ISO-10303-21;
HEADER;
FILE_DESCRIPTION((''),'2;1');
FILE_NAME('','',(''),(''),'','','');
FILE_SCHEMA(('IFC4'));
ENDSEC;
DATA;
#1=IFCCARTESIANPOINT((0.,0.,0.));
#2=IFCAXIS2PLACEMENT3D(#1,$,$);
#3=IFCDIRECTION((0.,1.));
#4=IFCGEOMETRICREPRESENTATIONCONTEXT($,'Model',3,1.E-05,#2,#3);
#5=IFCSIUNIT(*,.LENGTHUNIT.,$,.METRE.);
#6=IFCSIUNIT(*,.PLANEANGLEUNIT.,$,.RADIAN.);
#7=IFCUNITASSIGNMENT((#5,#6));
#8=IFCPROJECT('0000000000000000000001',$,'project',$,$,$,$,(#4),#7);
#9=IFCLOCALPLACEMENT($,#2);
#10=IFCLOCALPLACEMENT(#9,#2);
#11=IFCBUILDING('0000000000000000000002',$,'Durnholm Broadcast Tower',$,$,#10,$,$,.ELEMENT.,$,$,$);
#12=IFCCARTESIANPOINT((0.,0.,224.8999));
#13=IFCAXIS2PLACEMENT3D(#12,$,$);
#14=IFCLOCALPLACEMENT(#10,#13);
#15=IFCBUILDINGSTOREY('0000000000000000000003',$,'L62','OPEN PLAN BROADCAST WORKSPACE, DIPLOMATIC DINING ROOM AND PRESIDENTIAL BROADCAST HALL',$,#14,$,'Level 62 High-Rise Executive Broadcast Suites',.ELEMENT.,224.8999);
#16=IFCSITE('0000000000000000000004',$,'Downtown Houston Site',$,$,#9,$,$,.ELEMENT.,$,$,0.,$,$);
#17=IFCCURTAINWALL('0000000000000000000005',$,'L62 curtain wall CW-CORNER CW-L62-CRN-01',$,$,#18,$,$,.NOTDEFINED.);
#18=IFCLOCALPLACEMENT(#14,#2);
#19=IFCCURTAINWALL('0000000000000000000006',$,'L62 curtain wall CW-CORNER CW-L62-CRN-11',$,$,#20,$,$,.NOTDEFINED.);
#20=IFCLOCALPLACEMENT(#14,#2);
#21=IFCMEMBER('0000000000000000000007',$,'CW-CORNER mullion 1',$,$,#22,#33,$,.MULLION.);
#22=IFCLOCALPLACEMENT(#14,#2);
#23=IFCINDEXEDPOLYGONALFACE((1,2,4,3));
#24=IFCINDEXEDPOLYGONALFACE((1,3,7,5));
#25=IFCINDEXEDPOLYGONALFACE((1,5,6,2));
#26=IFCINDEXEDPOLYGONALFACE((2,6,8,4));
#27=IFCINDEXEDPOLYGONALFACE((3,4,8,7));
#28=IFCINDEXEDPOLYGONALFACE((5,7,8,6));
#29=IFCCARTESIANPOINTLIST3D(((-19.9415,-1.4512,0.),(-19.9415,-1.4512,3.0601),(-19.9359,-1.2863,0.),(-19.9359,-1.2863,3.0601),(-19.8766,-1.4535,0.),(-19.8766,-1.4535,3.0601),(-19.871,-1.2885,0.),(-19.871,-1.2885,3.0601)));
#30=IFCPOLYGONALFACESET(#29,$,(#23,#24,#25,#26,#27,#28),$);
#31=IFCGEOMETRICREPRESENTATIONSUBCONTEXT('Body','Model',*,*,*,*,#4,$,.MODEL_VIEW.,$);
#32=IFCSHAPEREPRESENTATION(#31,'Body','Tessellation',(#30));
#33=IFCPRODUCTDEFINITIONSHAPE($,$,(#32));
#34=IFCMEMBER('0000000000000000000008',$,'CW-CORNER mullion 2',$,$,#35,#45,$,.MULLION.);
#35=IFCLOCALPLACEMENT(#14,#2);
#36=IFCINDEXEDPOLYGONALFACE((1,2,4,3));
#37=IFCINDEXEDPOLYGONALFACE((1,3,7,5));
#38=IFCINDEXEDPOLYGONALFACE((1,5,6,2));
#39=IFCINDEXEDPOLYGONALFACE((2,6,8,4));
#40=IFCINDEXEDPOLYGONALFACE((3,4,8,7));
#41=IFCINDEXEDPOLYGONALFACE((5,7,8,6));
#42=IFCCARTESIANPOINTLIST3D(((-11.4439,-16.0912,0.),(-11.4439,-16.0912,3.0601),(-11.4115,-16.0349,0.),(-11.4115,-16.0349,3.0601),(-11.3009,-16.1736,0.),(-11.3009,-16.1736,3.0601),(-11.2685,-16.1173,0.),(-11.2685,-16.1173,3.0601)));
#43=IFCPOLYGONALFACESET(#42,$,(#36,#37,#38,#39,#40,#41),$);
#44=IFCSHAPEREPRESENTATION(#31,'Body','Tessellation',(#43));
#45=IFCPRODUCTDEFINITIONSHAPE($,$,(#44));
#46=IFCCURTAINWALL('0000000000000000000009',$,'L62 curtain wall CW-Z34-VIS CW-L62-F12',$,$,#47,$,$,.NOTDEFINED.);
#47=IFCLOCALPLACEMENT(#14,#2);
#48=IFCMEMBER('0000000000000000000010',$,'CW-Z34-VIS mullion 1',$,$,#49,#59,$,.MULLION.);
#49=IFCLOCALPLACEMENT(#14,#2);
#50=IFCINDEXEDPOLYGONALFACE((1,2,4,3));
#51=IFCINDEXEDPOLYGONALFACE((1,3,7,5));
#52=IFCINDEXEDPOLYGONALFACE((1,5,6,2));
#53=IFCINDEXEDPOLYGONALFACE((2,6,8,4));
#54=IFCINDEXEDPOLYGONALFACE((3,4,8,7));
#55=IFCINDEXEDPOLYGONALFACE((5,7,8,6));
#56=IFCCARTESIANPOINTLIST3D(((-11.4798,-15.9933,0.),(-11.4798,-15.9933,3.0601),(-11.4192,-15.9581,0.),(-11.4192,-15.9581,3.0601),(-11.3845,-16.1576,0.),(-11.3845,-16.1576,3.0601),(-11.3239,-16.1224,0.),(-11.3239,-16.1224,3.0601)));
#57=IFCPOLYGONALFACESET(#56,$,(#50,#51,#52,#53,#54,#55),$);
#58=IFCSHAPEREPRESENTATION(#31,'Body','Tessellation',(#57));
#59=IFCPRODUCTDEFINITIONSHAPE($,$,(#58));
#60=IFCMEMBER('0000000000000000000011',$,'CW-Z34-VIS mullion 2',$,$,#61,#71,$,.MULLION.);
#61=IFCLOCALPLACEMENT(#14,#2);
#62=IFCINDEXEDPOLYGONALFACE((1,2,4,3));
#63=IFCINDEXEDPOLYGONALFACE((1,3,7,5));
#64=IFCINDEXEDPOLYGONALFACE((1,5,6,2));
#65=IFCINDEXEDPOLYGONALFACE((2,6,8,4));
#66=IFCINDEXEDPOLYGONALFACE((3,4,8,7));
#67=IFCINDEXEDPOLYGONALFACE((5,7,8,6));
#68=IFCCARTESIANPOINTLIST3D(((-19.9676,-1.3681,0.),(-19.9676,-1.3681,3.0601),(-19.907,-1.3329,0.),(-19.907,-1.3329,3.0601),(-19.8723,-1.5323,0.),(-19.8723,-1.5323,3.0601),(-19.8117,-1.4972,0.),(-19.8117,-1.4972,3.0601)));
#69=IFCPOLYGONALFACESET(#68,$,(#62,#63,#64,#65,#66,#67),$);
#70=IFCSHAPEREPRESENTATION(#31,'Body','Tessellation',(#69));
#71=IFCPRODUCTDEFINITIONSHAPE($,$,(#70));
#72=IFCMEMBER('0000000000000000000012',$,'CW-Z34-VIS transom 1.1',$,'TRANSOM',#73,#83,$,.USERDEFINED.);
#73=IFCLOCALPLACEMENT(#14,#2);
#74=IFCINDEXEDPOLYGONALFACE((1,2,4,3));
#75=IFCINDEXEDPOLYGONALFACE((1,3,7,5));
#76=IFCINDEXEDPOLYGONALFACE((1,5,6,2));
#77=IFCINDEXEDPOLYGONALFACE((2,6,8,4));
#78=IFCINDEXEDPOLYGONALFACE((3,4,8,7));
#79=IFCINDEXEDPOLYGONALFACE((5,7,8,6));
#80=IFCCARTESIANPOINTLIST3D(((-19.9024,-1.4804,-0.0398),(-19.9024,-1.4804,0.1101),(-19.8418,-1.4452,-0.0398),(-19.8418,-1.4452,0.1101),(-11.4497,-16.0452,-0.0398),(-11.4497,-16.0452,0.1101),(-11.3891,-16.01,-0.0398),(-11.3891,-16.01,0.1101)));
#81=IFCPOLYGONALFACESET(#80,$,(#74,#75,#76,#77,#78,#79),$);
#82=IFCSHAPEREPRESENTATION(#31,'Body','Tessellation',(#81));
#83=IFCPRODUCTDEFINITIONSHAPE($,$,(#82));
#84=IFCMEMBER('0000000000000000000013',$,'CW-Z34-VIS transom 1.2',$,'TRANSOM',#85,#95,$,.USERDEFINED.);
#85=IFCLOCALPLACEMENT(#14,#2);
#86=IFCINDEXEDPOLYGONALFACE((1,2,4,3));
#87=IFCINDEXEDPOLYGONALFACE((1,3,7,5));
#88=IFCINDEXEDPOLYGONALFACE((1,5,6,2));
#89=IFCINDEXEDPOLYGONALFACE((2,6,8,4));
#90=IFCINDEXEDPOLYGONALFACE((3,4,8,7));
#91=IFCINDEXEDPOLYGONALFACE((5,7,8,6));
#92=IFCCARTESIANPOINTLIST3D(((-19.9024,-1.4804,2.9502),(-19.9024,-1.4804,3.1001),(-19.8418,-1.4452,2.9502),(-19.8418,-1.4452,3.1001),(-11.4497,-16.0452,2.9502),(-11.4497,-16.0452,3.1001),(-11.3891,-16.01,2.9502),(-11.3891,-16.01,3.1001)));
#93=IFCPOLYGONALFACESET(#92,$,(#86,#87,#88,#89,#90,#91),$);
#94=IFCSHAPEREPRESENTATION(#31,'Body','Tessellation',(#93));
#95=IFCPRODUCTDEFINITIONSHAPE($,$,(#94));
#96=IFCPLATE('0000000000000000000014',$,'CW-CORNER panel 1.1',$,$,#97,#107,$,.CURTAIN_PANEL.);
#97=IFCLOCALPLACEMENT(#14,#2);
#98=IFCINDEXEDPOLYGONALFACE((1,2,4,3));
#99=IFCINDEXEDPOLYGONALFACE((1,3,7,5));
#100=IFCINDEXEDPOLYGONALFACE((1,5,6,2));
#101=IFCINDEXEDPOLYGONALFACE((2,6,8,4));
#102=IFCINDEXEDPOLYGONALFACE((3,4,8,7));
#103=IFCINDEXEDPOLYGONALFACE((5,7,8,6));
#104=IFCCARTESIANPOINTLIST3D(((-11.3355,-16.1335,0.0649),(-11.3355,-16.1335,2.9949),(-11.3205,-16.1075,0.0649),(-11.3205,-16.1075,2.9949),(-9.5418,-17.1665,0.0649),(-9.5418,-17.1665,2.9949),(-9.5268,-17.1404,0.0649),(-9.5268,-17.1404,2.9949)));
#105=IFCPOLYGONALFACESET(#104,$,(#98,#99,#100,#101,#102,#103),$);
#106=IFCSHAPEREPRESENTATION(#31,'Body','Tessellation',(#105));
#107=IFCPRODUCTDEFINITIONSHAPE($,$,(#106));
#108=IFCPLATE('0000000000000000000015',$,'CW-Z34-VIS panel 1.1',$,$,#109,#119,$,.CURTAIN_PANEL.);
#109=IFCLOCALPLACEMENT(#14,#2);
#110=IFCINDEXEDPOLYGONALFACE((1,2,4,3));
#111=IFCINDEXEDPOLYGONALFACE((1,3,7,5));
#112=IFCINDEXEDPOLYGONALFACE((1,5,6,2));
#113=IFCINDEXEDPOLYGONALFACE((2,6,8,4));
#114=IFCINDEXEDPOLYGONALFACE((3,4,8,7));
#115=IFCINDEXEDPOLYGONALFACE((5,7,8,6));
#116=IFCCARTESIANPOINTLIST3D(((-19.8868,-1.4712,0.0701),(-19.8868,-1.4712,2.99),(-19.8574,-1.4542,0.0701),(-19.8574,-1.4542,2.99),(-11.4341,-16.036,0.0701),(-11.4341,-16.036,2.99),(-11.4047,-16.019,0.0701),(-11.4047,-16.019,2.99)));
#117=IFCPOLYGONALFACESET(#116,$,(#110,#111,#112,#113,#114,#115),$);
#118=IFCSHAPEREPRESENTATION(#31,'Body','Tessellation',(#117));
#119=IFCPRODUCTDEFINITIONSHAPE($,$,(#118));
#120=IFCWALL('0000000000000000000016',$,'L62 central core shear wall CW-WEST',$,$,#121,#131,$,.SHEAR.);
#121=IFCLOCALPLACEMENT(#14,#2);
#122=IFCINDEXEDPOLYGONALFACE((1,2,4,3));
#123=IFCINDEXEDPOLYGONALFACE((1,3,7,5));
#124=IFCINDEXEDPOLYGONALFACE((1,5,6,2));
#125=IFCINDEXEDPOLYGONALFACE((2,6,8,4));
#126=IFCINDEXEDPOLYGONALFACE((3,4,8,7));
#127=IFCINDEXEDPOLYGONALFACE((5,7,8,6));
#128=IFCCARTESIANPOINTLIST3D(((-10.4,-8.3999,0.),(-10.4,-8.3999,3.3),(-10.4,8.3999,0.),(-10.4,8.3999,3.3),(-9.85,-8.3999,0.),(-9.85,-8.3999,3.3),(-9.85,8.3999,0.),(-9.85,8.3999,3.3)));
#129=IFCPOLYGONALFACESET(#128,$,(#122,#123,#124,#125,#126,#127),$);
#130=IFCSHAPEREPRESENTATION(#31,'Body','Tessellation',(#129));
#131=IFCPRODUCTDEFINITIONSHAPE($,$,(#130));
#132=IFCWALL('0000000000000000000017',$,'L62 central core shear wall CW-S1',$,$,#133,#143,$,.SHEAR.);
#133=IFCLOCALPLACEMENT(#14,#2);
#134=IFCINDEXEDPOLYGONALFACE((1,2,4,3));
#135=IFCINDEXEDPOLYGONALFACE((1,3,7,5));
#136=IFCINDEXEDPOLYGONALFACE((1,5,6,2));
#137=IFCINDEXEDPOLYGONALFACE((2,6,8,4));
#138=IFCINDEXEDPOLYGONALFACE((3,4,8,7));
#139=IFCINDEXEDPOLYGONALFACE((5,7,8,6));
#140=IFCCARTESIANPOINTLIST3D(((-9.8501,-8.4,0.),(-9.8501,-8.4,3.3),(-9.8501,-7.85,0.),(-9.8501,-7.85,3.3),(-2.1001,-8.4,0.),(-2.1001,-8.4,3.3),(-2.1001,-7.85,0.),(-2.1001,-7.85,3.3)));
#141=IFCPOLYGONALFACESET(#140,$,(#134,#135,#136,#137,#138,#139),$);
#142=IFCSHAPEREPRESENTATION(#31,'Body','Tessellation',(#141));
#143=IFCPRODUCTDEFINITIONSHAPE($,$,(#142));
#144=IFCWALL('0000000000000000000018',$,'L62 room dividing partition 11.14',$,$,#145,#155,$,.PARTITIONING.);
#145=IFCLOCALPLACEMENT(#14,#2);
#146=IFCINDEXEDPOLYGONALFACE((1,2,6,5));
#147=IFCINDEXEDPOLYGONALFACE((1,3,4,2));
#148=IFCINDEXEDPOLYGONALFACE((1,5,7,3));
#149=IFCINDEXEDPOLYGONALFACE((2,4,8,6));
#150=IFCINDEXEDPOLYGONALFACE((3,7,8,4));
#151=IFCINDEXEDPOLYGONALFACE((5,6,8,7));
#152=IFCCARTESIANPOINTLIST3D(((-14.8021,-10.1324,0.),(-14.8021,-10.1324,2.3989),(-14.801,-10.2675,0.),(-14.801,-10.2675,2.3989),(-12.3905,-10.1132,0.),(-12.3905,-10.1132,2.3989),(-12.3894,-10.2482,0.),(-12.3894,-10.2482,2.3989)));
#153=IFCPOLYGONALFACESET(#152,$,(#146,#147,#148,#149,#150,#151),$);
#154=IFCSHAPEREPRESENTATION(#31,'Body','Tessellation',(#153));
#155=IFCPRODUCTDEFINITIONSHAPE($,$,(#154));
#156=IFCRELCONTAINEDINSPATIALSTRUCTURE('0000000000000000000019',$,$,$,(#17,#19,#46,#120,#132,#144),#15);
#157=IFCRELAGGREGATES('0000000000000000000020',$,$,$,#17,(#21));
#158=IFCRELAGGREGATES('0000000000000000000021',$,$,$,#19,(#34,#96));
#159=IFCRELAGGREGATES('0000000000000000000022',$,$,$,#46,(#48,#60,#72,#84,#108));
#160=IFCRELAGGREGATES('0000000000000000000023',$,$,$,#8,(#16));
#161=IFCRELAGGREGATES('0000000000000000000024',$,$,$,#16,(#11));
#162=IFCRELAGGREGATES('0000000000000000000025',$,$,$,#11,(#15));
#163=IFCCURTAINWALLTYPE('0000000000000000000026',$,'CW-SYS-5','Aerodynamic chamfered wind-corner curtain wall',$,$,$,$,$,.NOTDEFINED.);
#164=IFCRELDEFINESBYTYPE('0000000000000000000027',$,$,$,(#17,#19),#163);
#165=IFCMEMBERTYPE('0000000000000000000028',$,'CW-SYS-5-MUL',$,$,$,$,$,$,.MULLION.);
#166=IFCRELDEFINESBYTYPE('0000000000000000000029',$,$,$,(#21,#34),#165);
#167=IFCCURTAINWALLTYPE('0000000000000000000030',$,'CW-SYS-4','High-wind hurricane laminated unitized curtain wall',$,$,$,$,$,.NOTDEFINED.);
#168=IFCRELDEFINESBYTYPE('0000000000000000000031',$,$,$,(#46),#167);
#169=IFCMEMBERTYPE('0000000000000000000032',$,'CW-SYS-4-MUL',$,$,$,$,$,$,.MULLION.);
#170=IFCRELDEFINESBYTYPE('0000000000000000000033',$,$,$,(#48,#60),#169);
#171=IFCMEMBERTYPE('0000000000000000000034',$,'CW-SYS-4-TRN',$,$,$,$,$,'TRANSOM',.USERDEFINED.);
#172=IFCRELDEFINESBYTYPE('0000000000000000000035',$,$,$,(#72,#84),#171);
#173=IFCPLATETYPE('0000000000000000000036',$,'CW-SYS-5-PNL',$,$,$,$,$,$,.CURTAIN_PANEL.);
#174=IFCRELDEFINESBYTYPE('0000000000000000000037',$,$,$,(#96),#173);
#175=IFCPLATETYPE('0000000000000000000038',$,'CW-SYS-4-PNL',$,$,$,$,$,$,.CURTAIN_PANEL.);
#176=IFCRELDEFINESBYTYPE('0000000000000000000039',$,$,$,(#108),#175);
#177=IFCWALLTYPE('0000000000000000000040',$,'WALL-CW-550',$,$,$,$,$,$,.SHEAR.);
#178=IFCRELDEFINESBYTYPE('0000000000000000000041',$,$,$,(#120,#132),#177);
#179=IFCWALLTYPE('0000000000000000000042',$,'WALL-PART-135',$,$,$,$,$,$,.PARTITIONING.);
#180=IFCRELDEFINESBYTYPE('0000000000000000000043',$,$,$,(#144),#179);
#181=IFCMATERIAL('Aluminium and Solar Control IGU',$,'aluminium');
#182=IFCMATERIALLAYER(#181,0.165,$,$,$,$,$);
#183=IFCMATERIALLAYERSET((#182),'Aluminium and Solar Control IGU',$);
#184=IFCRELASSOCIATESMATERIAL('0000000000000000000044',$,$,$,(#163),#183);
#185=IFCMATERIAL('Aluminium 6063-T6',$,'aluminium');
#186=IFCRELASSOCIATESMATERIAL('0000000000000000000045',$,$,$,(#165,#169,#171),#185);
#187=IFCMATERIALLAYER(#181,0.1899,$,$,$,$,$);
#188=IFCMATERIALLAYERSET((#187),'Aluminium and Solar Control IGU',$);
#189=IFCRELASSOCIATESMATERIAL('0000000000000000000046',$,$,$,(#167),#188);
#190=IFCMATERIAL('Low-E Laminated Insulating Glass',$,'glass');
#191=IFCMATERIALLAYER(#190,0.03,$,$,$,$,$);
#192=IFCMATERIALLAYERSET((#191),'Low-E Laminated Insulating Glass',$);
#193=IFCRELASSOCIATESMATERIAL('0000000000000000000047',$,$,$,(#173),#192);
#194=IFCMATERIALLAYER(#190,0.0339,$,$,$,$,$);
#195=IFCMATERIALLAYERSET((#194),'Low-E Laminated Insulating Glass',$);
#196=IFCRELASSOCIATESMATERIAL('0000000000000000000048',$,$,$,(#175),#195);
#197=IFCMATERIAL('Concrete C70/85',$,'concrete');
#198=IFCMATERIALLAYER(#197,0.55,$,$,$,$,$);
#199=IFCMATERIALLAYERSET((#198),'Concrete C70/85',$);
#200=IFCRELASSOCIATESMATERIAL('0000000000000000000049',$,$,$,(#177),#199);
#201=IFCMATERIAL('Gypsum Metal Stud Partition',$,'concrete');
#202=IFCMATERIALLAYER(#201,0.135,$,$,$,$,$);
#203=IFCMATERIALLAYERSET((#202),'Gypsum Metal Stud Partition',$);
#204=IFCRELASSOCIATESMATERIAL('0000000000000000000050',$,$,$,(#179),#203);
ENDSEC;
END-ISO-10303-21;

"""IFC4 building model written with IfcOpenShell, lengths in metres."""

from ifc_helpers import new_model, si_unit, direction, frame, frame_2d, origin, origin_2d, place, context, subcontext, project, spatial, rectangle, extrude, source, transform, mapped, material, layer, layer_set, material_profile, profile_set, type_object, type_shapes, element, aggregate, save


model = new_model("IFC4")

# Units and contexts
model_context = context("Model", 3, precision=1e-05, world=origin(), true_north=direction((0.0, 1.0)))
body_context = subcontext(model_context, "Body", "Model", "MODEL_VIEW")
ifc_project = project(units=[si_unit("LENGTHUNIT", "METRE"), si_unit("PLANEANGLEUNIT", "RADIAN")], contexts=[model_context])

# Site, building, storey
site_placement = place(None, origin())
site = spatial("IfcSite", under=ifc_project, at=site_placement, Name="Downtown Houston Site", CompositionType="ELEMENT", RefElevation=0.0)
building_placement = place(site_placement, origin())
building = spatial("IfcBuilding", under=site, at=building_placement, Name="Durnholm Broadcast Tower", CompositionType="ELEMENT")
storey_placement = place(building_placement, frame((0.0, 0.0, 224.8999)))
storey = spatial("IfcBuildingStorey", under=building, at=storey_placement, Name="L62", Description="OPEN PLAN BROADCAST WORKSPACE, DIPLOMATIC DINING ROOM AND PRESIDENTIAL BROADCAST HALL", LongName="Level 62 High-Rise Executive Broadcast Suites", CompositionType="ELEMENT", Elevation=224.8999)

# Shared definitions
ifc_material_1 = material(Name="Concrete C70/85", Category="concrete")

# Curtain wall
ifc_material_2 = material(Name="Aluminium and Solar Control IGU", Category="aluminium")
ifc_layer_1 = layer(ifc_material_2, 0.165)
ifc_layer_set_1 = layer_set([ifc_layer_1], Name="Aluminium and Solar Control IGU")
curtain_wall_type_1 = type_object("IfcCurtainWallType", Name="CW-SYS-5", Description="Aerodynamic chamfered wind-corner curtain wall", PredefinedType="NOTDEFINED", material=ifc_layer_set_1)
curtain_wall_1_placement = place(storey_placement, origin())
curtain_wall_1 = element("IfcCurtainWall", 1, at=curtain_wall_1_placement, inside=storey, type_object=curtain_wall_type_1, Name="L62 curtain wall CW-CORNER CW-L62-CRN-01", PredefinedType="NOTDEFINED")
ifc_material_3 = material(Name="Aluminium 6063-T6", Category="aluminium")

# Curtain wall
curtain_wall_2_placement = place(storey_placement, origin())
curtain_wall_2 = element("IfcCurtainWall", 2, at=curtain_wall_2_placement, inside=storey, type_object=curtain_wall_type_1, Name="L62 curtain wall CW-CORNER CW-L62-CRN-11", PredefinedType="NOTDEFINED")

# Members
ifc_material_profile_1 = material_profile(ifc_material_3, rectangle(XDim=0.0649, YDim=0.165, at=origin_2d()), Name="CWM65X165")
ifc_profile_set_1 = profile_set([ifc_material_profile_1], Name="Aluminium 6063-T6")
member_type_1 = type_object("IfcMemberType", Name="CW-SYS-5-MUL", PredefinedType="MULLION", material=ifc_profile_set_1)
shared_shape_1 = source(origin(), body_context, "Body", "SweptSolid", [
    extrude(rectangle(XDim=0.0649, YDim=0.165, at=origin_2d()), origin(), (0.0, 0.0, 1.0), 3.0601),
])
type_shapes(member_type_1, [shared_shape_1])
member_1_placement = place(storey_placement, frame((-19.9062, -1.3699, 0.0), z_axis=(0.0, 0.0, 1.0), x_axis=(-0.999411, 0.034318, 0.0)))
member_1 = element("IfcMember", 3, at=member_1_placement, type_object=member_type_1, Name="CW-CORNER mullion 1", PredefinedType="MULLION", context=body_context, shape_type="MappedRepresentation", body=[
    mapped(shared_shape_1, transform((0.0, 0.0, 0.0), x_axis=(1.0, 0.0, 0.0), y_axis=(0.0, 1.0, 0.0), z_axis=(0.0, 0.0, 1.0), scale=1.0)),
])
aggregate(curtain_wall_1, [member_1])
member_2_placement = place(storey_placement, frame((-11.3562, -16.1042, 0.0), z_axis=(0.0, 0.0, 1.0), x_axis=(-0.499059, -0.866568, 0.0)))
member_2 = element("IfcMember", 4, at=member_2_placement, type_object=member_type_1, Name="CW-CORNER mullion 2", PredefinedType="MULLION", context=body_context, shape_type="MappedRepresentation", body=[
    mapped(shared_shape_1, transform((0.0, 0.0, 0.0), x_axis=(1.0, 0.0, 0.0), y_axis=(0.0, 1.0, 0.0), z_axis=(0.0, 0.0, 1.0), scale=1.0)),
])

# Curtain wall, members
ifc_layer_2 = layer(ifc_material_2, 0.1899)
ifc_layer_set_2 = layer_set([ifc_layer_2], Name="Aluminium and Solar Control IGU")
curtain_wall_type_2 = type_object("IfcCurtainWallType", Name="CW-SYS-4", Description="High-wind hurricane laminated unitized curtain wall", PredefinedType="NOTDEFINED", material=ifc_layer_set_2)
curtain_wall_3_placement = place(storey_placement, origin())
curtain_wall_3 = element("IfcCurtainWall", 5, at=curtain_wall_3_placement, inside=storey, type_object=curtain_wall_type_2, Name="L62 curtain wall CW-Z34-VIS CW-L62-F12", PredefinedType="NOTDEFINED")
ifc_material_profile_2 = material_profile(ifc_material_3, rectangle(XDim=0.0701, YDim=0.1899, at=origin_2d()), Name="CWM70X190")
ifc_profile_set_2 = profile_set([ifc_material_profile_2], Name="Aluminium 6063-T6")
member_type_2 = type_object("IfcMemberType", Name="CW-SYS-4-MUL", PredefinedType="MULLION", material=ifc_profile_set_2)
shared_shape_2 = source(origin(), body_context, "Body", "SweptSolid", [
    extrude(rectangle(XDim=0.0701, YDim=0.1899, at=origin_2d()), origin(), (0.0, 0.0, 1.0), 3.0601),
])
type_shapes(member_type_2, [shared_shape_2])
member_3_placement = place(storey_placement, frame((-11.4019, -16.0579, 0.0), z_axis=(0.0, 0.0, 1.0), x_axis=(-0.8649, -0.501944, 0.0)))
member_3 = element("IfcMember", 6, at=member_3_placement, type_object=member_type_2, Name="CW-Z34-VIS mullion 1", PredefinedType="MULLION", context=body_context, shape_type="MappedRepresentation", body=[
    mapped(shared_shape_2, transform((0.0, 0.0, 0.0), x_axis=(1.0, 0.0, 0.0), y_axis=(0.0, 1.0, 0.0), z_axis=(0.0, 0.0, 1.0), scale=1.0)),
])
member_4_placement = place(storey_placement, frame((-19.8896, -1.4326, 0.0), z_axis=(0.0, 0.0, 1.0), x_axis=(-0.8649, -0.501944, 0.0)))
member_4 = element("IfcMember", 7, at=member_4_placement, type_object=member_type_2, Name="CW-Z34-VIS mullion 2", PredefinedType="MULLION", context=body_context, shape_type="MappedRepresentation", body=[
    mapped(shared_shape_2, transform((0.0, 0.0, 0.0), x_axis=(1.0, 0.0, 0.0), y_axis=(0.0, 1.0, 0.0), z_axis=(0.0, 0.0, 1.0), scale=1.0)),
])
ifc_material_profile_3 = material_profile(ifc_material_3, rectangle(XDim=0.0701, YDim=0.1499, at=origin_2d()), Name="CWT70X150")
ifc_profile_set_3 = profile_set([ifc_material_profile_3], Name="Aluminium 6063-T6")
member_type_3 = type_object("IfcMemberType", Name="CW-SYS-4-TRN", ElementType="TRANSOM", PredefinedType="USERDEFINED", material=ifc_profile_set_3)
shared_shape_3 = source(origin(), body_context, "Body", "SweptSolid", [
    extrude(rectangle(XDim=0.0701, YDim=0.1499, at=origin_2d()), origin(), (0.0, 0.0, 1.0), 16.8398),
])
type_shapes(member_type_3, [shared_shape_3])
member_5_placement = place(storey_placement, frame((-11.4194, -16.0276, 0.0352), z_axis=(-0.501945, 0.864899, 0.0), x_axis=(-0.864899, -0.501945, 0.0)))
member_5 = element("IfcMember", 8, at=member_5_placement, type_object=member_type_3, Name="CW-Z34-VIS transom 1.1", ObjectType="TRANSOM", PredefinedType="USERDEFINED", context=body_context, shape_type="MappedRepresentation", body=[
    mapped(shared_shape_3, transform((0.0, 0.0, 0.0), x_axis=(1.0, 0.0, 0.0), y_axis=(0.0, 1.0, 0.0), z_axis=(0.0, 0.0, 1.0), scale=1.0)),
])
member_6_placement = place(storey_placement, frame((-11.4194, -16.0276, 3.0251), z_axis=(-0.501945, 0.864899, 0.0), x_axis=(-0.864899, -0.501945, 0.0)))
member_6 = element("IfcMember", 9, at=member_6_placement, type_object=member_type_3, Name="CW-Z34-VIS transom 1.2", ObjectType="TRANSOM", PredefinedType="USERDEFINED", context=body_context, shape_type="MappedRepresentation", body=[
    mapped(shared_shape_3, transform((0.0, 0.0, 0.0), x_axis=(1.0, 0.0, 0.0), y_axis=(0.0, 1.0, 0.0), z_axis=(0.0, 0.0, 1.0), scale=1.0)),
])

# Plates
ifc_material_4 = material(Name="Low-E Laminated Insulating Glass", Category="glass")
ifc_layer_3 = layer(ifc_material_4, 0.03)
ifc_layer_set_3 = layer_set([ifc_layer_3], Name="Low-E Laminated Insulating Glass")
plate_type_1 = type_object("IfcPlateType", Name="CW-SYS-5-PNL", PredefinedType="CURTAIN_PANEL", material=ifc_layer_set_3)
shared_shape_4 = source(origin(), body_context, "Body", "SweptSolid", [
    extrude(rectangle(XDim=2.0698, YDim=0.03, at=origin_2d()), origin(), (0.0, 0.0, 1.0), 2.9299),
])
type_shapes(plate_type_1, [shared_shape_4])
plate_1_placement = place(storey_placement, frame((-10.4312, -16.637, 0.0649), z_axis=(0.0, 0.0, 1.0), x_axis=(-0.866568, 0.499059, 0.0)))
plate_1 = element("IfcPlate", 10, at=plate_1_placement, type_object=plate_type_1, Name="CW-CORNER panel 1.1", PredefinedType="CURTAIN_PANEL", context=body_context, shape_type="MappedRepresentation", body=[
    mapped(shared_shape_4, transform((0.0, 0.0, 0.0), x_axis=(1.0, 0.0, 0.0), y_axis=(0.0, 1.0, 0.0), z_axis=(0.0, 0.0, 1.0), scale=1.0)),
])
aggregate(curtain_wall_2, [member_2, plate_1])
ifc_layer_4 = layer(ifc_material_4, 0.0339)
ifc_layer_set_4 = layer_set([ifc_layer_4], Name="Low-E Laminated Insulating Glass")
plate_type_2 = type_object("IfcPlateType", Name="CW-SYS-4-PNL", PredefinedType="CURTAIN_PANEL", material=ifc_layer_set_4)
shared_shape_5 = source(origin(), body_context, "Body", "SweptSolid", [
    extrude(rectangle(XDim=16.8398, YDim=0.0339, at=origin_2d()), origin(), (0.0, 0.0, 1.0), 2.9199),
])
type_shapes(plate_type_2, [shared_shape_5])
plate_2_placement = place(storey_placement, frame((-15.6458, -8.7451, 0.0701), z_axis=(0.0, 0.0, 1.0), x_axis=(-0.501944, 0.8649, 0.0)))
plate_2 = element("IfcPlate", 11, at=plate_2_placement, type_object=plate_type_2, Name="CW-Z34-VIS panel 1.1", PredefinedType="CURTAIN_PANEL", context=body_context, shape_type="MappedRepresentation", body=[
    mapped(shared_shape_5, transform((0.0, 0.0, 0.0), x_axis=(1.0, 0.0, 0.0), y_axis=(0.0, 1.0, 0.0), z_axis=(0.0, 0.0, 1.0), scale=1.0)),
])
aggregate(curtain_wall_3, [member_3, member_4, member_5, member_6, plate_2])

# Walls
ifc_layer_5 = layer(ifc_material_1, 0.55)
ifc_layer_set_5 = layer_set([ifc_layer_5], Name="Concrete C70/85")
wall_type_1 = type_object("IfcWallType", Name="WALL-CW-550", PredefinedType="SHEAR", material=ifc_layer_set_5)
wall_1_placement = place(storey_placement, frame((-10.125, -8.3999, 0.0), z_axis=(0.0, 0.0, 1.0), x_axis=(0.0, 1.0, 0.0)))
element("IfcWall", 12, at=wall_1_placement, inside=storey, type_object=wall_type_1, Name="L62 central core shear wall CW-WEST", PredefinedType="SHEAR", context=body_context, shape_type="SweptSolid", body=[
    extrude(rectangle(XDim=16.7998, YDim=0.55, at=frame_2d((8.3999, 0.0))), origin(), (0.0, 0.0, 1.0), 3.3),
])
wall_2_placement = place(storey_placement, frame((-9.8501, -8.125, 0.0), z_axis=(0.0, 0.0, 1.0), x_axis=(1.0, 0.0, 0.0)))
element("IfcWall", 13, at=wall_2_placement, inside=storey, type_object=wall_type_1, Name="L62 central core shear wall CW-S1", PredefinedType="SHEAR", context=body_context, shape_type="SweptSolid", body=[
    extrude(rectangle(XDim=7.75, YDim=0.55, at=frame_2d((3.875, 0.0))), origin(), (0.0, 0.0, 1.0), 3.3),
])
ifc_material_5 = material(Name="Gypsum Metal Stud Partition", Category="concrete")
ifc_layer_6 = layer(ifc_material_5, 0.135)
ifc_layer_set_6 = layer_set([ifc_layer_6], Name="Gypsum Metal Stud Partition")
wall_type_2 = type_object("IfcWallType", Name="WALL-PART-135", PredefinedType="PARTITIONING", material=ifc_layer_set_6)
wall_3_placement = place(storey_placement, frame((-14.8015, -10.2, 0.0), z_axis=(0.0, 0.0, 1.0), x_axis=(0.999968, 0.007997, 0.0)))
element("IfcWall", 14, at=wall_3_placement, inside=storey, type_object=wall_type_2, Name="L62 room dividing partition 11.14", PredefinedType="PARTITIONING", context=body_context, shape_type="SweptSolid", body=[
    extrude(rectangle(XDim=2.4116, YDim=0.135, at=frame_2d((1.2058, 0.0))), origin(), (0.0, 0.0, 1.0), 2.3989),
])

save(model, "model.ifc")
